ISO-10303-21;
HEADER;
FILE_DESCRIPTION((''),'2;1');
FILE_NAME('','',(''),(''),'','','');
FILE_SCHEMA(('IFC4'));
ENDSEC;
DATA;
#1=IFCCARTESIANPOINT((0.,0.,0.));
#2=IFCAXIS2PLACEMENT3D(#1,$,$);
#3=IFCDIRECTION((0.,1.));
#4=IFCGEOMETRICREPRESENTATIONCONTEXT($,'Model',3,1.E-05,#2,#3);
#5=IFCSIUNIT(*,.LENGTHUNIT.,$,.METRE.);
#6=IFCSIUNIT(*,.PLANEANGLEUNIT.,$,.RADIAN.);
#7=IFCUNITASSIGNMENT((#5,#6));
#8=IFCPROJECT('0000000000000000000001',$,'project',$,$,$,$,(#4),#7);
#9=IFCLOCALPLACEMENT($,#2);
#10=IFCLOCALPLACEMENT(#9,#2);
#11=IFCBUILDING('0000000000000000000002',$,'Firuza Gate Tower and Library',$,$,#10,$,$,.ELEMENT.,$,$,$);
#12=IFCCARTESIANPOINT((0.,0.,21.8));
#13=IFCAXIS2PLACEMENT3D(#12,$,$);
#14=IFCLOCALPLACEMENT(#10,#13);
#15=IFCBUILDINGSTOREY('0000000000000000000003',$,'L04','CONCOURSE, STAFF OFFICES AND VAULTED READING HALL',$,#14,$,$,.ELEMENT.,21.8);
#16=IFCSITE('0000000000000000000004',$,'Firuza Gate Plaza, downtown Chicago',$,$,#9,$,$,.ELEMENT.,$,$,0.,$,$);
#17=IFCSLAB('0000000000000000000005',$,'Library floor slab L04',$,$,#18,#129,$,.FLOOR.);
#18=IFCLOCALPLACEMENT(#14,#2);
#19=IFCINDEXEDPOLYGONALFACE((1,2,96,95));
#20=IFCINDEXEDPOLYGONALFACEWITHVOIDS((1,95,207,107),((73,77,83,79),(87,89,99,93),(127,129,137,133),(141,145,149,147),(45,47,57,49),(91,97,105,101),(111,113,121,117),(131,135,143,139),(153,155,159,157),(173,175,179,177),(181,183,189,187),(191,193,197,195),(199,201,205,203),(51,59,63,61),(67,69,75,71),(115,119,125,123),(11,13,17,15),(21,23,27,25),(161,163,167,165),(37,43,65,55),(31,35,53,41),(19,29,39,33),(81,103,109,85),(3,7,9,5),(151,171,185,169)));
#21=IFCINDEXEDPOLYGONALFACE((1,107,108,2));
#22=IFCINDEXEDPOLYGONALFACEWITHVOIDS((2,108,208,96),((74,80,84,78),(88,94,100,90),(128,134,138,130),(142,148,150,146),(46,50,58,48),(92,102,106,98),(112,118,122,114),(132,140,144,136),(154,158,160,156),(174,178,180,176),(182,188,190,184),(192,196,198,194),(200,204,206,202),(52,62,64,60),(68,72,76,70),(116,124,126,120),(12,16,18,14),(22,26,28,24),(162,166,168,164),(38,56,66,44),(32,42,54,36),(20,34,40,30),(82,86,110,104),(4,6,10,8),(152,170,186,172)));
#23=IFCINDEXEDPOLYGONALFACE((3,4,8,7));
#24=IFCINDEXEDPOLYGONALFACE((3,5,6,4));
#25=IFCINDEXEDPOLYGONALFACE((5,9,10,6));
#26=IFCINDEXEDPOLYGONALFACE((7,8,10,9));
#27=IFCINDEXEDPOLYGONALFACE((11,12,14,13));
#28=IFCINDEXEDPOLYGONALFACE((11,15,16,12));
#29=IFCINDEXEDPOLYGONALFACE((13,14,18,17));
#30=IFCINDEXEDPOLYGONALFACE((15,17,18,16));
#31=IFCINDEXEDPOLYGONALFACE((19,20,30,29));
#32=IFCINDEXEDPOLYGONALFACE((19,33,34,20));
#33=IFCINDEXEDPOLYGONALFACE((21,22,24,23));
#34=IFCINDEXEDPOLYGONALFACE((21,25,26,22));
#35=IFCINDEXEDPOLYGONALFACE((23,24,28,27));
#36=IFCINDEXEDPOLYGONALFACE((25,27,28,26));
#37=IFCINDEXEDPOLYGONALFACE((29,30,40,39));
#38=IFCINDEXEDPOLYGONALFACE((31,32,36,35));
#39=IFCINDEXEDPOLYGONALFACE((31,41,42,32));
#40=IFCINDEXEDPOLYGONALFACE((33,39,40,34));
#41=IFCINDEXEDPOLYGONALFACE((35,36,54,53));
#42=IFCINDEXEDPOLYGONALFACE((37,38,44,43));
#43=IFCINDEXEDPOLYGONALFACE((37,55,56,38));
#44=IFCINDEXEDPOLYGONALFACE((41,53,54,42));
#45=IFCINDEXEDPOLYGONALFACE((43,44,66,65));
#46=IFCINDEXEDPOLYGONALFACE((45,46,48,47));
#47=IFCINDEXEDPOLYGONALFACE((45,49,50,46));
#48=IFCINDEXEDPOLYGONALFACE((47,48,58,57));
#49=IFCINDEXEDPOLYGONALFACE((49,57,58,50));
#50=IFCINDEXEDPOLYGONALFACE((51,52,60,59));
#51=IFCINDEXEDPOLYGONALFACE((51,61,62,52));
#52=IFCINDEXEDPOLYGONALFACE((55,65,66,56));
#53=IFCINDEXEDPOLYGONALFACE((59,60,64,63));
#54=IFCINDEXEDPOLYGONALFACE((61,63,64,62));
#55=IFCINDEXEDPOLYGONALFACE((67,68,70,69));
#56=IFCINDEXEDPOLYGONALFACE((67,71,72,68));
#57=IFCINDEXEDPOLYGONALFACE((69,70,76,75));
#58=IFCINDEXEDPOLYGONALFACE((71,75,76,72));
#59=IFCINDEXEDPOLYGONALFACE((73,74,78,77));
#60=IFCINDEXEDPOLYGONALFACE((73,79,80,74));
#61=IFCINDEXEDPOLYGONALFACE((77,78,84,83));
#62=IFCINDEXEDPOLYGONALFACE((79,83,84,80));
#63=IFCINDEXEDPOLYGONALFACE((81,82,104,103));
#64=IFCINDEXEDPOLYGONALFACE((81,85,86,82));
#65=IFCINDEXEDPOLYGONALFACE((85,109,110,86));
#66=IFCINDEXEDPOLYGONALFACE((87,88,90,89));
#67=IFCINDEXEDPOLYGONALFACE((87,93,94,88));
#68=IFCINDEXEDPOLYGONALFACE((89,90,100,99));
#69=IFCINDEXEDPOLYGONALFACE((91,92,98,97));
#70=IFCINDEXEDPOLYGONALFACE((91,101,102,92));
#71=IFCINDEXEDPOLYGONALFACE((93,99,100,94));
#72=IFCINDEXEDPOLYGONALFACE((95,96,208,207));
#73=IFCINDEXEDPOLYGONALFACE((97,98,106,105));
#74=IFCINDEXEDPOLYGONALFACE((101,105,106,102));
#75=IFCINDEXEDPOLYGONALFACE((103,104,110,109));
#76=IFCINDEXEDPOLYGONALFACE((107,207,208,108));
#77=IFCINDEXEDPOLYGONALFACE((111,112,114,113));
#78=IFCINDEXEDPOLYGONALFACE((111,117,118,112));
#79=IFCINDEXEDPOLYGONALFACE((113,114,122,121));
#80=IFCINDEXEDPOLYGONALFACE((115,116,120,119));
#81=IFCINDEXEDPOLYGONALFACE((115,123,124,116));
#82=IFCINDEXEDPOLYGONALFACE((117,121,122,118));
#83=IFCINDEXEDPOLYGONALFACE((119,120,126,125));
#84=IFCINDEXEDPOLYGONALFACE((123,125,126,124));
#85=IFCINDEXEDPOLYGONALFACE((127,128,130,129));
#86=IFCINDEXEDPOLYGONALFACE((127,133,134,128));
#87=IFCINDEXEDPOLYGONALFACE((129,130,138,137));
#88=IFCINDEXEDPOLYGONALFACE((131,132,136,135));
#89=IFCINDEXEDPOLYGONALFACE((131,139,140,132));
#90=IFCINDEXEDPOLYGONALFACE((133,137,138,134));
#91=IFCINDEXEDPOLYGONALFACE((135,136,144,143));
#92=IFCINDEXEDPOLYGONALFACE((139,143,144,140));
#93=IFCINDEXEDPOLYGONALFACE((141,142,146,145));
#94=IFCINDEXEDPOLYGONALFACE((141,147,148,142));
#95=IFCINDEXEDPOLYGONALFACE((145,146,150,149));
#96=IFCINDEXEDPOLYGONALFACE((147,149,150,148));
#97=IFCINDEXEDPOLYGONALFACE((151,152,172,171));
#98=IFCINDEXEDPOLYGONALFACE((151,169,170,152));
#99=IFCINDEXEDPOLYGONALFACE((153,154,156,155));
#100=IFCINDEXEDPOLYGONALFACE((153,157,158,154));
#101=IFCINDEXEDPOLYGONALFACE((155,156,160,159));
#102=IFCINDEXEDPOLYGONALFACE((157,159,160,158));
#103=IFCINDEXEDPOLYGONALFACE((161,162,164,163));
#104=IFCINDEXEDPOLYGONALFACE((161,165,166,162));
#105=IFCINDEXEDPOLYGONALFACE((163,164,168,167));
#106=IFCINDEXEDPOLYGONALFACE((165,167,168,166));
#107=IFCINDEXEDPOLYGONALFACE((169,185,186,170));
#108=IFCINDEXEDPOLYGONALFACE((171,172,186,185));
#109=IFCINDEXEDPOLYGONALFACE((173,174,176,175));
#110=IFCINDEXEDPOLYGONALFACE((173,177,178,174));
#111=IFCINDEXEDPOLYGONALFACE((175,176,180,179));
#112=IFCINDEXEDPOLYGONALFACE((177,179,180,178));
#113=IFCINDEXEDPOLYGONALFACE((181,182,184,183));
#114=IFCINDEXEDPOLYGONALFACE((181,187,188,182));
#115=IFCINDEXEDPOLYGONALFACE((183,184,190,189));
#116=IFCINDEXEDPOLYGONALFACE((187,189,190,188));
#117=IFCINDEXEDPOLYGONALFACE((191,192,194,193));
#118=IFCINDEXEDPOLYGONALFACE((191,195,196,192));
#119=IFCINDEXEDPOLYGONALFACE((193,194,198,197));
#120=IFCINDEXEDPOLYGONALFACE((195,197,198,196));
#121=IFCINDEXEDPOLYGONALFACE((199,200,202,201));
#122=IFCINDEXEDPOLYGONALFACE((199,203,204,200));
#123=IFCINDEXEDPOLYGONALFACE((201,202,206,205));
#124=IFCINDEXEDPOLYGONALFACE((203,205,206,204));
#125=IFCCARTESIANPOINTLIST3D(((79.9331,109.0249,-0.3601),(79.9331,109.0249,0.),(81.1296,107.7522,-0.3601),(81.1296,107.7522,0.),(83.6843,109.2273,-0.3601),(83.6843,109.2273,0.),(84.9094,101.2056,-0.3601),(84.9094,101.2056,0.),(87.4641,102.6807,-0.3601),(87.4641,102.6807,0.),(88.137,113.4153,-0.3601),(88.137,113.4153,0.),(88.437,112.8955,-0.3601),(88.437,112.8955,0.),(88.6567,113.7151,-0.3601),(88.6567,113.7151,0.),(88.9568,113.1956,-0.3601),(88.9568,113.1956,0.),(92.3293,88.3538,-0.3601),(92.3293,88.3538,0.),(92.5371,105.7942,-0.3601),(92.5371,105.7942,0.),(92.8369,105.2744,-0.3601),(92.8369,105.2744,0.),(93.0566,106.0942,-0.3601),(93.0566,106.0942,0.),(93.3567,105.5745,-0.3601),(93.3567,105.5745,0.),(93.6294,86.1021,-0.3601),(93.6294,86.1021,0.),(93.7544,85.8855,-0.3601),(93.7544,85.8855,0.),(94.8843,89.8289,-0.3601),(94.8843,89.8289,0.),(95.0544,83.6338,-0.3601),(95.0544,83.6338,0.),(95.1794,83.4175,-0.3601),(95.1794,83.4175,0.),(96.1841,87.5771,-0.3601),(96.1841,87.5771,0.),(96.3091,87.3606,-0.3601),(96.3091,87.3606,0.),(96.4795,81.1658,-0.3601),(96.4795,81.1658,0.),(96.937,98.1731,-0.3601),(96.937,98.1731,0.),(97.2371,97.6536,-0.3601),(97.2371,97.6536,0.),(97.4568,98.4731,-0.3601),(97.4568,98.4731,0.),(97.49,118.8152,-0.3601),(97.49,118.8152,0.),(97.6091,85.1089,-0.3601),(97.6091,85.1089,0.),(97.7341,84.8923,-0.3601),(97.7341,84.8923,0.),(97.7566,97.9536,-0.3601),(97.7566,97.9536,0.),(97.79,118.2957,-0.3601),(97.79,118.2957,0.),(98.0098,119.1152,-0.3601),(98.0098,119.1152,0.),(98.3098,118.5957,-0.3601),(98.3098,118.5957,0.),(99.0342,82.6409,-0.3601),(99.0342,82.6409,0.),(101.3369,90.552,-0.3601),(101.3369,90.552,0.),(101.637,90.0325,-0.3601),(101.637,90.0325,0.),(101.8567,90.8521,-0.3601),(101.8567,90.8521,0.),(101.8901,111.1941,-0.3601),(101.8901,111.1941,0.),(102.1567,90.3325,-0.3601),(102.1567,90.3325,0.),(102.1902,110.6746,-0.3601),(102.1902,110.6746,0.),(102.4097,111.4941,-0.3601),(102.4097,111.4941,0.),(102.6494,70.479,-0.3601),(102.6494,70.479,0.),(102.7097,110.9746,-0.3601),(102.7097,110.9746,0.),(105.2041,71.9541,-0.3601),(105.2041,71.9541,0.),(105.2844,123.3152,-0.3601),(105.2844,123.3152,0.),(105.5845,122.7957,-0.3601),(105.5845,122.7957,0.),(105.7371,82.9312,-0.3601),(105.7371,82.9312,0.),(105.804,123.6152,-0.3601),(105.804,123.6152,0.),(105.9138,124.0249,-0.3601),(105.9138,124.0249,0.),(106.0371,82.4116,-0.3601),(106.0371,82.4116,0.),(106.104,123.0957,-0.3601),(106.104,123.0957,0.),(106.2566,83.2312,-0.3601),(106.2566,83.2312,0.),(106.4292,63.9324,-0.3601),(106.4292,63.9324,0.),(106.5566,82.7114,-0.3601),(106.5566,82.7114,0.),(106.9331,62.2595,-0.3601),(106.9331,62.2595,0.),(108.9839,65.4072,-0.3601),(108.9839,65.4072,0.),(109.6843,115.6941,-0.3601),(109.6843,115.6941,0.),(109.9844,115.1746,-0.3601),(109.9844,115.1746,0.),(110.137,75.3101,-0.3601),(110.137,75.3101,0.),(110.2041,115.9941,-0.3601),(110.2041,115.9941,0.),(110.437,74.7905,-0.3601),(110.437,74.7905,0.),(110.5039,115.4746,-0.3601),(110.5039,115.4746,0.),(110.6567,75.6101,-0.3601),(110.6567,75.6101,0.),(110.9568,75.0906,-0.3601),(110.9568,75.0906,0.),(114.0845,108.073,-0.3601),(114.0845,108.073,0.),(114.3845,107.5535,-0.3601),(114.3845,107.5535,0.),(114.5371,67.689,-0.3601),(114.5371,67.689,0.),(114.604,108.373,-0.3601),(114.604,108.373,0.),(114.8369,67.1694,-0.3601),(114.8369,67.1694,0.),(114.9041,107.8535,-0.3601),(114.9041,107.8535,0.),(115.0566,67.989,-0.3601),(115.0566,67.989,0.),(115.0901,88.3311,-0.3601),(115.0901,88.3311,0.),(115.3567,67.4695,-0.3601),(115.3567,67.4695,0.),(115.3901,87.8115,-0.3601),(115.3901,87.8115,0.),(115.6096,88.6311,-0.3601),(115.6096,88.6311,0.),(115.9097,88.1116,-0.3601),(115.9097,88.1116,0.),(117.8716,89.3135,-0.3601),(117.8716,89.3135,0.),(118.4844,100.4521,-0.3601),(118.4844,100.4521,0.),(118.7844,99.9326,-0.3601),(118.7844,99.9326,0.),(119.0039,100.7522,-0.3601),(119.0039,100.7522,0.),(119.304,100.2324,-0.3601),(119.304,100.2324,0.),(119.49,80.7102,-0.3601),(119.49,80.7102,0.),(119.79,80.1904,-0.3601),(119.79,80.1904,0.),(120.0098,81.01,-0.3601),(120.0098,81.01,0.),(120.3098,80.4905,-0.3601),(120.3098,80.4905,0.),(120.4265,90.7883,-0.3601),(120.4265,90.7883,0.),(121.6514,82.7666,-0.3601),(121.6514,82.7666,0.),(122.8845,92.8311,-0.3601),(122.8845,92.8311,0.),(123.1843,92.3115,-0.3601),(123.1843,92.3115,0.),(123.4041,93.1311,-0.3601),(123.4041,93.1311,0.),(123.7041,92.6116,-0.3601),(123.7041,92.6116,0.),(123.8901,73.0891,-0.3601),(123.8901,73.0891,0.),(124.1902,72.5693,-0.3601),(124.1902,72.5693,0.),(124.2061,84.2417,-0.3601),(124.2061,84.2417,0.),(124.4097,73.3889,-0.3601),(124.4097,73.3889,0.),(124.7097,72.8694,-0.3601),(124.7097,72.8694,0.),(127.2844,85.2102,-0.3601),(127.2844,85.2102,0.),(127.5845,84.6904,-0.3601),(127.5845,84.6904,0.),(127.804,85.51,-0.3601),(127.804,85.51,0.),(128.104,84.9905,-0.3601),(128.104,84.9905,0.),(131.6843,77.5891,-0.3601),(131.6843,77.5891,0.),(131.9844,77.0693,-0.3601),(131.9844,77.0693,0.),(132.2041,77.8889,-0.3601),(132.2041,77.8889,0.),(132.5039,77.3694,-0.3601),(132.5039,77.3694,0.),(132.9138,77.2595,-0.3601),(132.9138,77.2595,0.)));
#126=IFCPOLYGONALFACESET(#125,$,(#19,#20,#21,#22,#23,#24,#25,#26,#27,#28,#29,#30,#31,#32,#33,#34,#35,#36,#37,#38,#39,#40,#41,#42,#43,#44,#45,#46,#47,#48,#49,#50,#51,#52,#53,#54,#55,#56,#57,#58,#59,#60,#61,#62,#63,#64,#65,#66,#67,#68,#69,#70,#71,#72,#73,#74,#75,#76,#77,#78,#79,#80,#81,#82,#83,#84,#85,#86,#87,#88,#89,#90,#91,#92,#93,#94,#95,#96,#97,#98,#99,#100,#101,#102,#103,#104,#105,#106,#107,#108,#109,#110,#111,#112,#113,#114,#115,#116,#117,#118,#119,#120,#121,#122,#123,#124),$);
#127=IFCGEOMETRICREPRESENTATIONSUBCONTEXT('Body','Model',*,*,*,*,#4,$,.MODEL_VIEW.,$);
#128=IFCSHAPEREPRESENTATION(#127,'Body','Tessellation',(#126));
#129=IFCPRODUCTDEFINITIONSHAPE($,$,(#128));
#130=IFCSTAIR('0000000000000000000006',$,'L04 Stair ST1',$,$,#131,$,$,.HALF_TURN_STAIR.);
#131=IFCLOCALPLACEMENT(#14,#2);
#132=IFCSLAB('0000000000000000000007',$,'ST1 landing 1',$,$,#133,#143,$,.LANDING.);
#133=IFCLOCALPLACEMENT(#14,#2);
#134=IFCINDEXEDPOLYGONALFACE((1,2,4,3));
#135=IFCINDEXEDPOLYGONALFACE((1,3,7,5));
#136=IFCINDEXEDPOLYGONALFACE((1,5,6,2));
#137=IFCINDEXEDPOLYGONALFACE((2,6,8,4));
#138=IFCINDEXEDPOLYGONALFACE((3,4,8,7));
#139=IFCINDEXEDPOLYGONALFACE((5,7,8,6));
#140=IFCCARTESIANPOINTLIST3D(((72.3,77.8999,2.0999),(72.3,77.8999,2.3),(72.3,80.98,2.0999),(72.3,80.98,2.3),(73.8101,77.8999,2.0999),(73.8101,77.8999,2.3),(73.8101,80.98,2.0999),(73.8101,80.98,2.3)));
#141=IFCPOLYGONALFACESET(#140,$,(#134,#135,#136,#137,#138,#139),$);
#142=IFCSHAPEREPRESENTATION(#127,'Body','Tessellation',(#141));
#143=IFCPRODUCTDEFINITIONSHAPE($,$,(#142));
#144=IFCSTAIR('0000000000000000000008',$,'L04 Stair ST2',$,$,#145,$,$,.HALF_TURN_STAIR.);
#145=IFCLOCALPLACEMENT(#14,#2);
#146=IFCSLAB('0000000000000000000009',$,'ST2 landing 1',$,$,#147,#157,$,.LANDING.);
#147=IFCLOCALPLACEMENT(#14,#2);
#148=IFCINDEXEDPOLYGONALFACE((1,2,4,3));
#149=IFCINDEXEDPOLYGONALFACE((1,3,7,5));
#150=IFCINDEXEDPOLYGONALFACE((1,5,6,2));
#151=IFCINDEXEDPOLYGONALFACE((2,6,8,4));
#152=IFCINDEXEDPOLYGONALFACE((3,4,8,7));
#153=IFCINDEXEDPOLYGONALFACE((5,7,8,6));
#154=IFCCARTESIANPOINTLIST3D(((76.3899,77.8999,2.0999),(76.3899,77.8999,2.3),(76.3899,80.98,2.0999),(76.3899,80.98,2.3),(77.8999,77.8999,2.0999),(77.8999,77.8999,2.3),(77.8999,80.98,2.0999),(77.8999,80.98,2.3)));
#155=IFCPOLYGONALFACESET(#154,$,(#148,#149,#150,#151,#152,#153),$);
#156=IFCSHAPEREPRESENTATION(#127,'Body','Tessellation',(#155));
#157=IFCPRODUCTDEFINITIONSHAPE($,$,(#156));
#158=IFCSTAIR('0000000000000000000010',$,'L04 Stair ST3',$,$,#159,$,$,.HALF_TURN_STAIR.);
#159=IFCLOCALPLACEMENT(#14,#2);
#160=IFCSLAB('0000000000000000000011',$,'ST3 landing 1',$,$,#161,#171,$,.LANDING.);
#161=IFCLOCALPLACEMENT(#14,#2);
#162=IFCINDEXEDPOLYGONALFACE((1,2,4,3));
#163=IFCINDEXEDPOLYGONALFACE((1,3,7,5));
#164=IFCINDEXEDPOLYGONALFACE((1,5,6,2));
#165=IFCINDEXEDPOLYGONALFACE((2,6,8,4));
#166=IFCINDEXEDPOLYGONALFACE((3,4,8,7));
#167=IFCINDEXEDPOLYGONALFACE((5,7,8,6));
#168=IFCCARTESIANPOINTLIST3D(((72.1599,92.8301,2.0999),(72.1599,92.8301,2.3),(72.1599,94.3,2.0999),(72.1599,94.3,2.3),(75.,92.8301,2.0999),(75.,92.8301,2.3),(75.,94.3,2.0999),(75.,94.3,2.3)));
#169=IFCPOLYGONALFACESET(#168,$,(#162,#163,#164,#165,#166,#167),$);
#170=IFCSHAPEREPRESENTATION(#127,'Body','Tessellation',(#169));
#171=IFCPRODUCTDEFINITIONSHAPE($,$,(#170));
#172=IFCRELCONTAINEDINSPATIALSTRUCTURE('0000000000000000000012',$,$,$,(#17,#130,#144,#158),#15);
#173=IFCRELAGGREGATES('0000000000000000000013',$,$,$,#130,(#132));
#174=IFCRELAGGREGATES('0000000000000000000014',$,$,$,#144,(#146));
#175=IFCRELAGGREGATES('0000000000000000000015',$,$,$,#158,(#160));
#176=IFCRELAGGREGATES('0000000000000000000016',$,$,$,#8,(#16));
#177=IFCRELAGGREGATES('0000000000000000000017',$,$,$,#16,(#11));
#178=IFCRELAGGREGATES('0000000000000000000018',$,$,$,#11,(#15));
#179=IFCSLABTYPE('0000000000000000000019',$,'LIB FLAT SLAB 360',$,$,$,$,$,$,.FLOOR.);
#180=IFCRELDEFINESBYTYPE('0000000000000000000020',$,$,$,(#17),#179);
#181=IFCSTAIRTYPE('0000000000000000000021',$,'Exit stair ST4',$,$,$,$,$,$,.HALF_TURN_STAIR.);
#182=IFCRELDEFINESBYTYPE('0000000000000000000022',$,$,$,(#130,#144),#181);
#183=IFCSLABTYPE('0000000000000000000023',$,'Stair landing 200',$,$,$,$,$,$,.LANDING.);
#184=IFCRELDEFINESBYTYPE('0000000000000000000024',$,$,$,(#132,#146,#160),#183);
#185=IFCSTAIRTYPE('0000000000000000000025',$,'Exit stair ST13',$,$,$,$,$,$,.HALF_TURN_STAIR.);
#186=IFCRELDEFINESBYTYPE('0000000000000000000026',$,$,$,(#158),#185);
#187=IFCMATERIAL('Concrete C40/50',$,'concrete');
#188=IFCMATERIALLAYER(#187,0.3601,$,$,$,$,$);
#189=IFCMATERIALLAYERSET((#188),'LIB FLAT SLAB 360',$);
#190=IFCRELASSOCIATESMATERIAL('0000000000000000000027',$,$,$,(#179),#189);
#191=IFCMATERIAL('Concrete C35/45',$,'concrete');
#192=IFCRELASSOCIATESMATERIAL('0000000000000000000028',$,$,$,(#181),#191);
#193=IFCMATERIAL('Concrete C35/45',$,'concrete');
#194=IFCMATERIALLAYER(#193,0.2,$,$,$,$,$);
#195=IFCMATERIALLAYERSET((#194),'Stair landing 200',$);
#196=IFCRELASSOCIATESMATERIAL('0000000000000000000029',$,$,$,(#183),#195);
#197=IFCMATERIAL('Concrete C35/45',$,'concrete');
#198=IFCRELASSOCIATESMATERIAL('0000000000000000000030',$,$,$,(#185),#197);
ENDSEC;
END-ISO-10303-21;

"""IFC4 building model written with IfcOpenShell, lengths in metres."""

from ifc_helpers import new_model, si_unit, direction, frame, origin, place, context, subcontext, project, spatial, polyline, outline, extrude, material, layer, layer_set, type_object, element, aggregate, save


model = new_model("IFC4")

# Units and contexts
model_context = context("Model", 3, precision=1e-05, world=origin(), true_north=direction((0.0, 1.0)))
body_context = subcontext(model_context, "Body", "Model", "MODEL_VIEW")
ifc_project = project(units=[si_unit("LENGTHUNIT", "METRE"), si_unit("PLANEANGLEUNIT", "RADIAN")], contexts=[model_context])

# Site, building, storey
site_placement = place(None, origin())
site = spatial("IfcSite", under=ifc_project, at=site_placement, Name="Firuza Gate Plaza, downtown Chicago", CompositionType="ELEMENT", RefElevation=0.0)
building_placement = place(site_placement, origin())
building = spatial("IfcBuilding", under=site, at=building_placement, Name="Firuza Gate Tower and Library", CompositionType="ELEMENT")
storey_placement = place(building_placement, frame((0.0, 0.0, 21.8)))
storey = spatial("IfcBuildingStorey", under=building, at=storey_placement, Name="L04", Description="CONCOURSE, STAFF OFFICES AND VAULTED READING HALL", CompositionType="ELEMENT", Elevation=21.8)

# Shared definitions
placement_1 = place(storey_placement, origin())

# Slab
ifc_material_1 = material(Name="Concrete C40/50", Category="concrete")
ifc_layer_1 = layer(ifc_material_1, 0.3601)
ifc_layer_set_1 = layer_set([ifc_layer_1], Name="LIB FLAT SLAB 360")
slab_type_1 = type_object("IfcSlabType", Name="LIB FLAT SLAB 360", PredefinedType="FLOOR", material=ifc_layer_set_1)
slab_1_placement = place(storey_placement, frame((0.0, 0.0, -0.3601)))
element("IfcSlab", 1, at=slab_1_placement, inside=storey, type_object=slab_type_1, Name="Library floor slab L04", PredefinedType="FLOOR", context=body_context, shape_type="SweptSolid", body=[
    extrude(outline(polyline([(106.9331, 62.2595), (132.9138, 77.2595), (105.9138, 124.0249), (79.9331, 109.0249), (106.9331, 62.2595)]), holes=[polyline([(108.9839, 65.4072), (105.2041, 71.9541), (102.6494, 70.479), (106.4292, 63.9324), (108.9839, 65.4072)]), polyline([(96.4795, 81.1658), (99.0342, 82.6409), (97.7341, 84.8923), (95.1794, 83.4175), (96.4795, 81.1658)]), polyline([(95.0544, 83.6338), (97.6091, 85.1089), (96.3091, 87.3606), (93.7544, 85.8855), (95.0544, 83.6338)]), polyline([(114.5371, 67.689), (114.8369, 67.1694), (115.3567, 67.4695), (115.0566, 67.989), (114.5371, 67.689)]), polyline([(110.437, 74.7905), (110.9568, 75.0906), (110.6567, 75.6101), (110.137, 75.3101), (110.437, 74.7905)]), polyline([(106.0371, 82.4116), (106.5566, 82.7114), (106.2566, 83.2312), (105.7371, 82.9312), (106.0371, 82.4116)]), polyline([(123.8901, 73.0891), (124.1902, 72.5693), (124.7097, 72.8694), (124.4097, 73.3889), (123.8901, 73.0891)]), polyline([(119.79, 80.1904), (120.3098, 80.4905), (120.0098, 81.01), (119.49, 80.7102), (119.79, 80.1904)]), polyline([(115.3901, 87.8115), (115.9097, 88.1116), (115.6096, 88.6311), (115.0901, 88.3311), (115.3901, 87.8115)]), polyline([(124.2061, 84.2417), (120.4265, 90.7883), (117.8716, 89.3135), (121.6514, 82.7666), (124.2061, 84.2417)]), polyline([(131.9844, 77.0693), (132.5039, 77.3694), (132.2041, 77.8889), (131.6843, 77.5891), (131.9844, 77.0693)]), polyline([(127.5845, 84.6904), (128.104, 84.9905), (127.804, 85.51), (127.2844, 85.2102), (127.5845, 84.6904)]), polyline([(122.8845, 92.8311), (123.1843, 92.3115), (123.7041, 92.6116), (123.4041, 93.1311), (122.8845, 92.8311)]), polyline([(84.9094, 101.2056), (87.4641, 102.6807), (83.6843, 109.2273), (81.1296, 107.7522), (84.9094, 101.2056)]), polyline([(93.6294, 86.1021), (96.1841, 87.5771), (94.8843, 89.8289), (92.3293, 88.3538), (93.6294, 86.1021)]), polyline([(101.3369, 90.552), (101.637, 90.0325), (102.1567, 90.3325), (101.8567, 90.8521), (101.3369, 90.552)]), polyline([(97.2371, 97.6536), (97.7566, 97.9536), (97.4568, 98.4731), (96.937, 98.1731), (97.2371, 97.6536)]), polyline([(92.8369, 105.2744), (93.3567, 105.5745), (93.0566, 106.0942), (92.5371, 105.7942), (92.8369, 105.2744)]), polyline([(88.137, 113.4153), (88.437, 112.8955), (88.9568, 113.1956), (88.6567, 113.7151), (88.137, 113.4153)]), polyline([(102.1902, 110.6746), (102.7097, 110.9746), (102.4097, 111.4941), (101.8901, 111.1941), (102.1902, 110.6746)]), polyline([(97.79, 118.2957), (98.3098, 118.5957), (98.0098, 119.1152), (97.49, 118.8152), (97.79, 118.2957)]), polyline([(118.7844, 99.9326), (119.304, 100.2324), (119.0039, 100.7522), (118.4844, 100.4521), (118.7844, 99.9326)]), polyline([(114.3845, 107.5535), (114.9041, 107.8535), (114.604, 108.373), (114.0845, 108.073), (114.3845, 107.5535)]), polyline([(109.9844, 115.1746), (110.5039, 115.4746), (110.2041, 115.9941), (109.6843, 115.6941), (109.9844, 115.1746)]), polyline([(105.5845, 122.7957), (106.104, 123.0957), (105.804, 123.6152), (105.2844, 123.3152), (105.5845, 122.7957)])]), origin(), (0.0, 0.0, 1.0), 0.3601),
])

# Stairs, slabs
ifc_material_2 = material(Name="Concrete C35/45", Category="concrete")
stair_type_1 = type_object("IfcStairType", Name="Exit stair ST4", PredefinedType="HALF_TURN_STAIR", material=ifc_material_2)
stair_1 = element("IfcStair", 2, at=placement_1, inside=storey, type_object=stair_type_1, Name="L04 Stair ST1", PredefinedType="HALF_TURN_STAIR")
ifc_material_3 = material(Name="Concrete C35/45", Category="concrete")
ifc_layer_2 = layer(ifc_material_3, 0.2)
ifc_layer_set_2 = layer_set([ifc_layer_2], Name="Stair landing 200")
slab_type_2 = type_object("IfcSlabType", Name="Stair landing 200", PredefinedType="LANDING", material=ifc_layer_set_2)
placement_2 = place(storey_placement, frame((0.0, 0.0, 2.0999)))
slab_2 = element("IfcSlab", 3, at=placement_2, type_object=slab_type_2, Name="ST1 landing 1", PredefinedType="LANDING", context=body_context, shape_type="SweptSolid", body=[
    extrude(outline(polyline([(72.3, 77.8999), (73.8101, 77.8999), (73.8101, 80.98), (72.3, 80.98), (72.3, 77.8999)])), origin(), (0.0, 0.0, 1.0), 0.2002),
])
aggregate(stair_1, [slab_2])
stair_2 = element("IfcStair", 4, at=placement_1, inside=storey, type_object=stair_type_1, Name="L04 Stair ST2", PredefinedType="HALF_TURN_STAIR")
slab_3 = element("IfcSlab", 5, at=placement_2, type_object=slab_type_2, Name="ST2 landing 1", PredefinedType="LANDING", context=body_context, shape_type="SweptSolid", body=[
    extrude(outline(polyline([(77.8999, 80.98), (76.3899, 80.98), (76.3899, 77.8999), (77.8999, 77.8999), (77.8999, 80.98)])), origin(), (0.0, 0.0, 1.0), 0.2002),
])
aggregate(stair_2, [slab_3])
ifc_material_4 = material(Name="Concrete C35/45", Category="concrete")
stair_type_2 = type_object("IfcStairType", Name="Exit stair ST13", PredefinedType="HALF_TURN_STAIR", material=ifc_material_4)
stair_3 = element("IfcStair", 6, at=placement_1, inside=storey, type_object=stair_type_2, Name="L04 Stair ST3", PredefinedType="HALF_TURN_STAIR")
slab_4 = element("IfcSlab", 7, at=placement_2, type_object=slab_type_2, Name="ST3 landing 1", PredefinedType="LANDING", context=body_context, shape_type="SweptSolid", body=[
    extrude(outline(polyline([(75.0, 92.8301), (75.0, 94.3), (72.1599, 94.3), (72.1599, 92.8301), (75.0, 92.8301)])), origin(), (0.0, 0.0, 1.0), 0.2002),
])
aggregate(stair_3, [slab_4])

save(model, "model.ifc")
